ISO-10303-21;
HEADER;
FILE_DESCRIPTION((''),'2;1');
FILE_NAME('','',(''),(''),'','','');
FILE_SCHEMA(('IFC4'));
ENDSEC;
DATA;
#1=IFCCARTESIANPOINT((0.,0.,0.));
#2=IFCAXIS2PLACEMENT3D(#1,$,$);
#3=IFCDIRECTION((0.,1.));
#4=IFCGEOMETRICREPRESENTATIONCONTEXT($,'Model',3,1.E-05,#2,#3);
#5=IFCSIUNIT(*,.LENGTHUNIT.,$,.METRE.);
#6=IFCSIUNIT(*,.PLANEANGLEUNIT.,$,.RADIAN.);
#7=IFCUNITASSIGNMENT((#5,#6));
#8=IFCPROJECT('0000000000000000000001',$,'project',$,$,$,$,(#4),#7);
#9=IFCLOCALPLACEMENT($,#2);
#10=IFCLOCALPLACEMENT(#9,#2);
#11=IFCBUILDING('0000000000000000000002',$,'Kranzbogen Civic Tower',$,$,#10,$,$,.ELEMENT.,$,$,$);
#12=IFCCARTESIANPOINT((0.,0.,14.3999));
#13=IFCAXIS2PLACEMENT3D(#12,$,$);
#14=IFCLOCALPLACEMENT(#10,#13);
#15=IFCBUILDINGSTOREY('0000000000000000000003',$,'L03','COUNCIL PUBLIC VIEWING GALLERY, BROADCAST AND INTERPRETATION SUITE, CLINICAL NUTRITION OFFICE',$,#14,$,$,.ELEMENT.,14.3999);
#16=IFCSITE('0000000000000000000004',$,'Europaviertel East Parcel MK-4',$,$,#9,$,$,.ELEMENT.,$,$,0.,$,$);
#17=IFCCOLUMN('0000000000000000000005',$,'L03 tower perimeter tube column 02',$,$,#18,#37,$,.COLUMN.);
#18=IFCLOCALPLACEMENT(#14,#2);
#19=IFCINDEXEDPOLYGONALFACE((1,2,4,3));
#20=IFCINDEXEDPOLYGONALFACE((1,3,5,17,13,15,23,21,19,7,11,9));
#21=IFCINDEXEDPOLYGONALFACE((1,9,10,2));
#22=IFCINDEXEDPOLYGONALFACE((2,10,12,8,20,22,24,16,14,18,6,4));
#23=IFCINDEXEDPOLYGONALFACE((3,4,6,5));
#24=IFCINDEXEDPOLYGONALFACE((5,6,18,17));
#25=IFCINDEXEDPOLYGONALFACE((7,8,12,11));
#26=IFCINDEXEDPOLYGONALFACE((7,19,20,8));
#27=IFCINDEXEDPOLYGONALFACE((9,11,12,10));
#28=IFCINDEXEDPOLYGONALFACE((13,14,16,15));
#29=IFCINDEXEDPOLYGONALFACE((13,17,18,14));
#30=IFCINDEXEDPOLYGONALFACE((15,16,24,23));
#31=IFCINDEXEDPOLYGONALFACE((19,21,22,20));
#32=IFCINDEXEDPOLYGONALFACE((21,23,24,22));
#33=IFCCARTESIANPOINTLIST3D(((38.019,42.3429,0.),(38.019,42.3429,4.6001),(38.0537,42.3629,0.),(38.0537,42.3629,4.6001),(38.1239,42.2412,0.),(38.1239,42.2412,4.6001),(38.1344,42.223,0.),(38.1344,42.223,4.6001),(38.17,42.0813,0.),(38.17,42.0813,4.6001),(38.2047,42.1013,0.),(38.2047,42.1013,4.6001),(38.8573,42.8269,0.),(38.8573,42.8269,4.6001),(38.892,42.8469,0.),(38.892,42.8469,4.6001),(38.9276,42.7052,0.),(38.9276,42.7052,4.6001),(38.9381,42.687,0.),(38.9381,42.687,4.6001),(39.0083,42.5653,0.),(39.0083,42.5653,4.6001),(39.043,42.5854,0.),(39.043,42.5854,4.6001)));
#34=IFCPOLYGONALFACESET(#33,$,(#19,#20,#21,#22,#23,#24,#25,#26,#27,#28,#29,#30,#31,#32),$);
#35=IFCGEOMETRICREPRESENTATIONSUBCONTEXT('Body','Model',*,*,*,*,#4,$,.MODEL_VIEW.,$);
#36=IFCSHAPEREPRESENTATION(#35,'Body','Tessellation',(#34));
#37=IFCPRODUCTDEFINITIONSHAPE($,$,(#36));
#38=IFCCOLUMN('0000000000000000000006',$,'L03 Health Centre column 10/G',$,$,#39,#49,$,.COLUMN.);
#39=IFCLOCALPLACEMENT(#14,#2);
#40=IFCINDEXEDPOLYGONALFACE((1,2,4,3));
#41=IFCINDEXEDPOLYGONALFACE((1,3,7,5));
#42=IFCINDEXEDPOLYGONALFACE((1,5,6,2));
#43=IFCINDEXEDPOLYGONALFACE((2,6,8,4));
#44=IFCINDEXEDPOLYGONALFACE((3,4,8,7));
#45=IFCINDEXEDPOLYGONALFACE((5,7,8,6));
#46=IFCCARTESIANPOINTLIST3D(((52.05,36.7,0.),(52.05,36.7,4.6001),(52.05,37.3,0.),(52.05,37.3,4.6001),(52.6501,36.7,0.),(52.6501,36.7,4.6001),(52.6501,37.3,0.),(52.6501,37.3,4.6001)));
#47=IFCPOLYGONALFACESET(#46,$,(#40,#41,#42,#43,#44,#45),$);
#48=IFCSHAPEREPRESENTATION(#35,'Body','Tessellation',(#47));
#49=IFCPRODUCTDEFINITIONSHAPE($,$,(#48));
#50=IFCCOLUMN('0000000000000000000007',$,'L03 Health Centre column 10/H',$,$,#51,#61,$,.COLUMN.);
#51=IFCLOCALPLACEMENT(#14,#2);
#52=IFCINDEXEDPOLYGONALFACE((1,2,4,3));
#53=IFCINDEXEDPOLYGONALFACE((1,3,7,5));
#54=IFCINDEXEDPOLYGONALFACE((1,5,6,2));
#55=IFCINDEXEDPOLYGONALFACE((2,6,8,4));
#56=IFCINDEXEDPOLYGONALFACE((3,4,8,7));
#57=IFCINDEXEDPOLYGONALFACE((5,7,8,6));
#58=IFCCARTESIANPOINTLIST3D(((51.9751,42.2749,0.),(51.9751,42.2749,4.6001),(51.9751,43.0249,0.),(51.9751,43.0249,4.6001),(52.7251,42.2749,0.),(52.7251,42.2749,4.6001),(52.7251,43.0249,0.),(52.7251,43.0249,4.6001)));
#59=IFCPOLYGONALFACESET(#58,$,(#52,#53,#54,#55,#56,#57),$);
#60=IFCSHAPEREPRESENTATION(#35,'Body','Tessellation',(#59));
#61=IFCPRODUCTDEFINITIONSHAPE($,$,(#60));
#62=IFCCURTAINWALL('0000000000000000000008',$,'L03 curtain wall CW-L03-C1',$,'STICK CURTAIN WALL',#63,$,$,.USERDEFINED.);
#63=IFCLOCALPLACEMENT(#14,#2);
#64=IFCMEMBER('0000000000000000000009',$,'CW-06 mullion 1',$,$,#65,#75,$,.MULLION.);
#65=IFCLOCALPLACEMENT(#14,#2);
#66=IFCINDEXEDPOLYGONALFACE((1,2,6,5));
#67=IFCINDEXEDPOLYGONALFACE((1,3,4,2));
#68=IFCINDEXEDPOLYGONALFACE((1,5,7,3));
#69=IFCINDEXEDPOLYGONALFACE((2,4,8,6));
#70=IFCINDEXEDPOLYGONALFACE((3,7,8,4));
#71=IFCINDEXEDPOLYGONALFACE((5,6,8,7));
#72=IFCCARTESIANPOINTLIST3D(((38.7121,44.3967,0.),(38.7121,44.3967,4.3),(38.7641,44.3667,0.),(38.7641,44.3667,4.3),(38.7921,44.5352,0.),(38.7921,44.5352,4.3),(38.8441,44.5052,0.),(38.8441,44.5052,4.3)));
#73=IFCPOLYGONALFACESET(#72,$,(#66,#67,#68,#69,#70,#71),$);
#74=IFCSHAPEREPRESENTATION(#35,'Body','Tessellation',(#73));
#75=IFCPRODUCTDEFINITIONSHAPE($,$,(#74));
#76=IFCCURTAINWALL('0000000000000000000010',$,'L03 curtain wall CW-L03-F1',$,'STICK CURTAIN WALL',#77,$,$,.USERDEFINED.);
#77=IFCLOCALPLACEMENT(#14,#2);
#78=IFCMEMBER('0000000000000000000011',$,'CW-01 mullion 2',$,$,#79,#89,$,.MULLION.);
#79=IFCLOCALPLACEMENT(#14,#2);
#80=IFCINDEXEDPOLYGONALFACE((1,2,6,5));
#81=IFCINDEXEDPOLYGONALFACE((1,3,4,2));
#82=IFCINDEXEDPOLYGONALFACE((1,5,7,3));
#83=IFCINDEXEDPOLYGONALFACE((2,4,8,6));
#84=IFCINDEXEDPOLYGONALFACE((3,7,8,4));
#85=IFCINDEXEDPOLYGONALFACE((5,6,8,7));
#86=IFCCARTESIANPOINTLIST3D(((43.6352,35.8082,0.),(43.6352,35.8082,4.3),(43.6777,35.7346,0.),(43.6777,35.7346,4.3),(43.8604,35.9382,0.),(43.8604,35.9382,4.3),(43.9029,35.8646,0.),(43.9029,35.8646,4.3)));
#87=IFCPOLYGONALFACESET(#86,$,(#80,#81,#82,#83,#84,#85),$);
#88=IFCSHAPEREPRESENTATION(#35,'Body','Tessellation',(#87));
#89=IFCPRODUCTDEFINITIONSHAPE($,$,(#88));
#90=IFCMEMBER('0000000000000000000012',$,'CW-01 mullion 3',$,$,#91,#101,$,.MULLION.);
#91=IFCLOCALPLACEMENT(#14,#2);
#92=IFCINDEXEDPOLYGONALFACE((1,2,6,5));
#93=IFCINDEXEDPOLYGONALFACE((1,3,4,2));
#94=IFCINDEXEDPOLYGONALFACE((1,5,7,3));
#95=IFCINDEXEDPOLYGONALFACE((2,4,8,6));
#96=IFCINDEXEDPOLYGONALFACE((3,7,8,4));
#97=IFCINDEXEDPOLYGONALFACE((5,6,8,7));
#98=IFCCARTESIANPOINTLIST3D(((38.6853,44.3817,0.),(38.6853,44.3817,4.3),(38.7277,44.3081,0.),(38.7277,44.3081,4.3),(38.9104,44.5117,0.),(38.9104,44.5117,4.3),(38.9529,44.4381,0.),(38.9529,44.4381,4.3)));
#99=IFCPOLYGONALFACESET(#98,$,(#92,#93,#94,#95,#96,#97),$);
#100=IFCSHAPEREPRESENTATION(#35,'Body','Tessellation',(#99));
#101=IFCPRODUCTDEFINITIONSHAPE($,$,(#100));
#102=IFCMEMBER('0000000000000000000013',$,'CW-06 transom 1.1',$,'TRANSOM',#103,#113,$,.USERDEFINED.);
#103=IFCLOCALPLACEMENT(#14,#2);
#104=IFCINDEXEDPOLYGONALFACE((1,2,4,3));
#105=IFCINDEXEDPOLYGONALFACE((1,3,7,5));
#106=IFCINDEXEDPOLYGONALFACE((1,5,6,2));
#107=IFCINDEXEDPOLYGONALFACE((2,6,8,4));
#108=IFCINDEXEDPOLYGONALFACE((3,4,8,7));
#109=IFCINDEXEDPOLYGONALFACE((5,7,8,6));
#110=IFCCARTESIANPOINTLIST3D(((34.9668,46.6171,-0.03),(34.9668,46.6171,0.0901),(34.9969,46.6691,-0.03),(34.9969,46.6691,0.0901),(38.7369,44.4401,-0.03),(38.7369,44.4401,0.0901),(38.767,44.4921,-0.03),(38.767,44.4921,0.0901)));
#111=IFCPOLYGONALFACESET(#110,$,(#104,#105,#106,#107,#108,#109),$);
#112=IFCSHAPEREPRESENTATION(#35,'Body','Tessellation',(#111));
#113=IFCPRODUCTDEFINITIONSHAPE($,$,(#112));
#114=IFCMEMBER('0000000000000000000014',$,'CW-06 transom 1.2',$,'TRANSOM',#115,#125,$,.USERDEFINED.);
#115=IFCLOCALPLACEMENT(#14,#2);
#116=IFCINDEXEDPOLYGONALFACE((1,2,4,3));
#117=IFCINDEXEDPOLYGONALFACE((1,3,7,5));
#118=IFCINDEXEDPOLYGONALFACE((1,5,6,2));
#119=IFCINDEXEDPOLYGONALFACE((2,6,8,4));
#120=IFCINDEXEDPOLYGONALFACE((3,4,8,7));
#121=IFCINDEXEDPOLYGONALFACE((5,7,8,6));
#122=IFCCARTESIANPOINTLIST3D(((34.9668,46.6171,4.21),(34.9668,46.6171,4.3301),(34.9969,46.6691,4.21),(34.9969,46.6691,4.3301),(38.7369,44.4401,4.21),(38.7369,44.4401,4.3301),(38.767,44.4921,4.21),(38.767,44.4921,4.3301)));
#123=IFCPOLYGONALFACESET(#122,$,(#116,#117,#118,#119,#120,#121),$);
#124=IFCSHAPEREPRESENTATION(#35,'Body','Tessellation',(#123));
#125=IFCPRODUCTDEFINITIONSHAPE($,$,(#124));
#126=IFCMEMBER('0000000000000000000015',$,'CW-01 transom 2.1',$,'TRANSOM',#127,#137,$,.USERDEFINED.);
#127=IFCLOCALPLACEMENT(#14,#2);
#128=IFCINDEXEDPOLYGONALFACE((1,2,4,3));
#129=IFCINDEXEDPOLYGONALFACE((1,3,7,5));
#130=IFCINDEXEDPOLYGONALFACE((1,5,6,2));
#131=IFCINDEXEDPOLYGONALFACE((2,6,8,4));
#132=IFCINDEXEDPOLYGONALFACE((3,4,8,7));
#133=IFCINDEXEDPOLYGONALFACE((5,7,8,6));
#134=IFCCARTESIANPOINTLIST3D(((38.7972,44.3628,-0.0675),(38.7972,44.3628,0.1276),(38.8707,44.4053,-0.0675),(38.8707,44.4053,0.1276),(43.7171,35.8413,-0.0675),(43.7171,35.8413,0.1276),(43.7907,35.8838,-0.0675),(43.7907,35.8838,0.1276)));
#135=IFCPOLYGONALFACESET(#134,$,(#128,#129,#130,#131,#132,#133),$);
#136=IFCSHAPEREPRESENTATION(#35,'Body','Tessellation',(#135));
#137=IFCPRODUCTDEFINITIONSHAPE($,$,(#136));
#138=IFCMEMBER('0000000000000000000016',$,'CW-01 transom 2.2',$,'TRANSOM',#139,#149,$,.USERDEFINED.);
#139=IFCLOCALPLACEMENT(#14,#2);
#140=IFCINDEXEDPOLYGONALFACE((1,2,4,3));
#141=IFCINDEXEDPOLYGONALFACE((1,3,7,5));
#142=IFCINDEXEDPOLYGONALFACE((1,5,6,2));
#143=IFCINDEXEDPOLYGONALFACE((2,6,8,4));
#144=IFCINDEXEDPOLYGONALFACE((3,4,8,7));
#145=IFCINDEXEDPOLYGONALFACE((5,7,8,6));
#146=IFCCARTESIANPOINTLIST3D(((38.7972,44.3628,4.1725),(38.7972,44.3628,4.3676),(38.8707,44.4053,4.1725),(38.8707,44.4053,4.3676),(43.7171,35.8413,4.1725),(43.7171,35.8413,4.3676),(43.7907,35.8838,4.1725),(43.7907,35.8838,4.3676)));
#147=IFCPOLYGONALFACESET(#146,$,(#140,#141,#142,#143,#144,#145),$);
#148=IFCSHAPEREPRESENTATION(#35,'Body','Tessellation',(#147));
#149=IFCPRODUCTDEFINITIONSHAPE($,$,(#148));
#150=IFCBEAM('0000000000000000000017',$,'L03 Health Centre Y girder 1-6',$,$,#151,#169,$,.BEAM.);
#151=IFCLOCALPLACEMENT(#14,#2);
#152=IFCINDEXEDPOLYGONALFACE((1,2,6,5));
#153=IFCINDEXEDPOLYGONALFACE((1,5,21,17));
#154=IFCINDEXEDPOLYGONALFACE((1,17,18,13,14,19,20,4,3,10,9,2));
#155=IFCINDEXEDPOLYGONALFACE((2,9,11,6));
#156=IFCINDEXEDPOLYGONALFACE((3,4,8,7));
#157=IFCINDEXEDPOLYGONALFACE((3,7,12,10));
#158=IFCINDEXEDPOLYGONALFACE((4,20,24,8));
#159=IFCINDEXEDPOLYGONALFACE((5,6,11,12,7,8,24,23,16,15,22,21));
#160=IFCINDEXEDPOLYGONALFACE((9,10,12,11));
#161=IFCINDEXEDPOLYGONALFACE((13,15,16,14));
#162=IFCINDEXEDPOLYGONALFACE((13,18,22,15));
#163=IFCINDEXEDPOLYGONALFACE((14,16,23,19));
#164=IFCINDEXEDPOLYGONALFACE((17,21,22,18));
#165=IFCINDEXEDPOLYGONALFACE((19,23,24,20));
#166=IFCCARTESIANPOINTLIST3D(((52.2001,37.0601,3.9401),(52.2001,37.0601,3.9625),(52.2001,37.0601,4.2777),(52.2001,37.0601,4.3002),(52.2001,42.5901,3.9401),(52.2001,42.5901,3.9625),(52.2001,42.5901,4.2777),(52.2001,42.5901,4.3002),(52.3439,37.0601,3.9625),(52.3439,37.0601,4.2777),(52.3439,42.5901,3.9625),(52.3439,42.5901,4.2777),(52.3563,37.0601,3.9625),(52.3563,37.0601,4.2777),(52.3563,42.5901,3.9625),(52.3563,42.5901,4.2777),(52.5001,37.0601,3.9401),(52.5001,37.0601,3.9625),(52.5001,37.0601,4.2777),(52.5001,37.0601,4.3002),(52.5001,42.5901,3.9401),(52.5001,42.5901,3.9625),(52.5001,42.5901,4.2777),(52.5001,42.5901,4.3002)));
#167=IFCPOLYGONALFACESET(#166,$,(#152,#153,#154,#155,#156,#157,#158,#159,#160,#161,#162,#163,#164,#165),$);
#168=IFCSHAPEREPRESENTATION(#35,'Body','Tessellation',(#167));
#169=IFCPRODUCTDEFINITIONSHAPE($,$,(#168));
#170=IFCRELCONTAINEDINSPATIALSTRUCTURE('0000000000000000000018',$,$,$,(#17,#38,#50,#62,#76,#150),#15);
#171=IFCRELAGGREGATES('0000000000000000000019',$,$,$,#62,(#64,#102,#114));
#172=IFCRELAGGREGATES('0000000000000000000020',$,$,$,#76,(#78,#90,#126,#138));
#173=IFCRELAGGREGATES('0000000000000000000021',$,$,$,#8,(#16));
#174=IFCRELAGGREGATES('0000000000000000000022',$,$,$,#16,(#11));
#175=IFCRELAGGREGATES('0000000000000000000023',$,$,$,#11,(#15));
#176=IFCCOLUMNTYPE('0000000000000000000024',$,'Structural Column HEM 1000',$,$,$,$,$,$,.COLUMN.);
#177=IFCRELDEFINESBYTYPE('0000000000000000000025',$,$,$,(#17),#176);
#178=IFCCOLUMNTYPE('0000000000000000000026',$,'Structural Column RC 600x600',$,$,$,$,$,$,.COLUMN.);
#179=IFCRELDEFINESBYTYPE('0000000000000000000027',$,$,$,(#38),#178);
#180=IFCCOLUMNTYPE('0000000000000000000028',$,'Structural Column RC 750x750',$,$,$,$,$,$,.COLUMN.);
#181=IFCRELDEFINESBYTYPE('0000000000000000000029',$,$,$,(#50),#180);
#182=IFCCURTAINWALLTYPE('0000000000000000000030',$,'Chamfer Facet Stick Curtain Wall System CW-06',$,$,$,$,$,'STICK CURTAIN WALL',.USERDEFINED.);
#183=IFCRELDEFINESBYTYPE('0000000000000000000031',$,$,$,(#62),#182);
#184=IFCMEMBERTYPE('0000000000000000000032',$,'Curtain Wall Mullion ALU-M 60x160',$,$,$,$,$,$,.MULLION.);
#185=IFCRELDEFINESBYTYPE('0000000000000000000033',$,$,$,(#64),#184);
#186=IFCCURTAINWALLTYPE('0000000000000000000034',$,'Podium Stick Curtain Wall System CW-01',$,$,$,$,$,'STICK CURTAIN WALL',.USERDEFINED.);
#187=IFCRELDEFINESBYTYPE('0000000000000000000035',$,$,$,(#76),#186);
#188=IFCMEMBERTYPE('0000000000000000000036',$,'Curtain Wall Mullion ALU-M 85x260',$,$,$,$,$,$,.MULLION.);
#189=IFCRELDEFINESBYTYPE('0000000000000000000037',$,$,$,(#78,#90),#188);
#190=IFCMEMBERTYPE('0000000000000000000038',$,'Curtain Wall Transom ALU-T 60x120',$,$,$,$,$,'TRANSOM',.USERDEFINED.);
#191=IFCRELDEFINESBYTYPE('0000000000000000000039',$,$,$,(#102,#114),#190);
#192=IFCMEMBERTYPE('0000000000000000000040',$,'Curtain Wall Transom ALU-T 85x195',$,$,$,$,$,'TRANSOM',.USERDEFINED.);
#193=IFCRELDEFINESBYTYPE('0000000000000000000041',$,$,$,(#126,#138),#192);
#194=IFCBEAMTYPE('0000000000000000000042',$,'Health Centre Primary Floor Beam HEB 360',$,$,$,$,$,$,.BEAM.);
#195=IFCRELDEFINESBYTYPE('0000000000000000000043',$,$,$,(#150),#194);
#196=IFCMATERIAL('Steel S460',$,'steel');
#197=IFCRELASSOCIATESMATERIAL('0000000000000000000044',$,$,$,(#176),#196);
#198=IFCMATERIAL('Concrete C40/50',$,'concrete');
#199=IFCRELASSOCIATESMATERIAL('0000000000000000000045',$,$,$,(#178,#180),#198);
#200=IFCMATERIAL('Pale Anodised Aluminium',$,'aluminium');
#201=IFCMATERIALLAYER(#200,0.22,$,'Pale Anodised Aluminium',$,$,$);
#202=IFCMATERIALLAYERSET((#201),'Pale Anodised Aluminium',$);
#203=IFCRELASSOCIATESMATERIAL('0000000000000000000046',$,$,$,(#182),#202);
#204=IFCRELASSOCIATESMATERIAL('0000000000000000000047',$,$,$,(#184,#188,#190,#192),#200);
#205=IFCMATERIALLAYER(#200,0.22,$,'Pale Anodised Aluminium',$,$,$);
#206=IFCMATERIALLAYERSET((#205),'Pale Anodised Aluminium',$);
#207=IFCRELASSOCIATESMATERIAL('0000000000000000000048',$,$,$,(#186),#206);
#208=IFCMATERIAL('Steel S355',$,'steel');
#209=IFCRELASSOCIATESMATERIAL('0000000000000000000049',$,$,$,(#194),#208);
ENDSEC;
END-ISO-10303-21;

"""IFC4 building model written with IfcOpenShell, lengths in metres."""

from ifc_helpers import new_model, si_unit, direction, frame, origin, origin_2d, place, context, subcontext, project, spatial, rectangle, i_section, extrude, material, layer, layer_set, material_profile, profile_set, type_object, element, aggregate, save


model = new_model("IFC4")

# Units and contexts
model_context = context("Model", 3, precision=1e-05, world=origin(), true_north=direction((0.0, 1.0)))
body_context = subcontext(model_context, "Body", "Model", "MODEL_VIEW")
ifc_project = project(units=[si_unit("LENGTHUNIT", "METRE"), si_unit("PLANEANGLEUNIT", "RADIAN")], contexts=[model_context])

# Site, building, storey
site_placement = place(None, origin())
site = spatial("IfcSite", under=ifc_project, at=site_placement, Name="Europaviertel East Parcel MK-4", CompositionType="ELEMENT", RefElevation=0.0)
building_placement = place(site_placement, origin())
building = spatial("IfcBuilding", under=site, at=building_placement, Name="Kranzbogen Civic Tower", CompositionType="ELEMENT")
storey_placement = place(building_placement, frame((0.0, 0.0, 14.3999)))
storey = spatial("IfcBuildingStorey", under=building, at=storey_placement, Name="L03", Description="COUNCIL PUBLIC VIEWING GALLERY, BROADCAST AND INTERPRETATION SUITE, CLINICAL NUTRITION OFFICE", CompositionType="ELEMENT", Elevation=14.3999)

# Columns
ifc_material_1 = material(Name="Steel S460", Category="steel")
ifc_material_profile_1 = material_profile(ifc_material_1, i_section(OverallWidth=0.302, OverallDepth=1.0081, WebThickness=0.021, FlangeThickness=0.04, at=origin_2d()), Name="HEM 1000")
ifc_profile_set_1 = profile_set([ifc_material_profile_1], Name="Steel S460")
column_type_1 = type_object("IfcColumnType", Name="Structural Column HEM 1000", PredefinedType="COLUMN", material=ifc_profile_set_1)
column_1_placement = place(storey_placement, frame((38.531, 42.4641, 0.0), z_axis=(0.0, 0.0, 1.0), x_axis=(-0.5, 0.866025, 0.0)))
element("IfcColumn", 1, at=column_1_placement, inside=storey, type_object=column_type_1, Name="L03 tower perimeter tube column 02", PredefinedType="COLUMN", context=body_context, shape_type="SweptSolid", body=[
    extrude(i_section(OverallWidth=0.302, OverallDepth=1.0081, WebThickness=0.021, FlangeThickness=0.04, at=origin_2d()), origin(), (0.0, 0.0, 1.0), 4.6001),
])
ifc_material_2 = material(Name="Concrete C40/50", Category="concrete")
ifc_material_profile_2 = material_profile(ifc_material_2, rectangle(XDim=0.6001, YDim=0.6001, at=origin_2d()), Name="RC 600x600")
ifc_profile_set_2 = profile_set([ifc_material_profile_2], Name="Concrete C40/50")
column_type_2 = type_object("IfcColumnType", Name="Structural Column RC 600x600", PredefinedType="COLUMN", material=ifc_profile_set_2)
column_2_placement = place(storey_placement, frame((52.3501, 37.0, 0.0), z_axis=(0.0, 0.0, 1.0), x_axis=(1.0, 0.0, 0.0)))
element("IfcColumn", 2, at=column_2_placement, inside=storey, type_object=column_type_2, Name="L03 Health Centre column 10/G", PredefinedType="COLUMN", context=body_context, shape_type="SweptSolid", body=[
    extrude(rectangle(XDim=0.6001, YDim=0.6001, at=origin_2d()), origin(), (0.0, 0.0, 1.0), 4.6001),
])
ifc_material_profile_3 = material_profile(ifc_material_2, rectangle(XDim=0.75, YDim=0.75, at=origin_2d()), Name="RC 750x750")
ifc_profile_set_3 = profile_set([ifc_material_profile_3], Name="Concrete C40/50")
column_type_3 = type_object("IfcColumnType", Name="Structural Column RC 750x750", PredefinedType="COLUMN", material=ifc_profile_set_3)
column_3_placement = place(storey_placement, frame((52.3501, 42.6499, 0.0), z_axis=(0.0, 0.0, 1.0), x_axis=(1.0, 0.0, 0.0)))
element("IfcColumn", 3, at=column_3_placement, inside=storey, type_object=column_type_3, Name="L03 Health Centre column 10/H", PredefinedType="COLUMN", context=body_context, shape_type="SweptSolid", body=[
    extrude(rectangle(XDim=0.75, YDim=0.75, at=origin_2d()), origin(), (0.0, 0.0, 1.0), 4.6001),
])

# Curtain wall, member
ifc_material_3 = material(Name="Pale Anodised Aluminium", Category="aluminium")
ifc_layer_1 = layer(ifc_material_3, 0.22, Name="Pale Anodised Aluminium")
ifc_layer_set_1 = layer_set([ifc_layer_1], Name="Pale Anodised Aluminium")
curtain_wall_type_1 = type_object("IfcCurtainWallType", Name="Chamfer Facet Stick Curtain Wall System CW-06", ElementType="STICK CURTAIN WALL", PredefinedType="USERDEFINED", material=ifc_layer_set_1)
curtain_wall_1_placement = place(storey_placement, origin())
curtain_wall_1 = element("IfcCurtainWall", 4, at=curtain_wall_1_placement, inside=storey, type_object=curtain_wall_type_1, Name="L03 curtain wall CW-L03-C1", ObjectType="STICK CURTAIN WALL", PredefinedType="USERDEFINED")
ifc_material_profile_4 = material_profile(ifc_material_3, rectangle(XDim=0.0601, YDim=0.1599, at=origin_2d()), Name="ALU-M 60x160")
ifc_profile_set_4 = profile_set([ifc_material_profile_4], Name="Pale Anodised Aluminium")
member_type_1 = type_object("IfcMemberType", Name="Curtain Wall Mullion ALU-M 60x160", PredefinedType="MULLION", material=ifc_profile_set_4)
member_1_placement = place(storey_placement, frame((38.7781, 44.4509, 0.0), z_axis=(0.0, 0.0, 1.0), x_axis=(-0.865992, 0.500058, 0.0)))
member_1 = element("IfcMember", 5, at=member_1_placement, type_object=member_type_1, Name="CW-06 mullion 1", PredefinedType="MULLION", context=body_context, shape_type="SweptSolid", body=[
    extrude(rectangle(XDim=0.0601, YDim=0.1599, at=origin_2d()), origin(), (0.0, 0.0, 1.0), 4.3),
])

# Curtain wall, members
ifc_layer_2 = layer(ifc_material_3, 0.22, Name="Pale Anodised Aluminium")
ifc_layer_set_2 = layer_set([ifc_layer_2], Name="Pale Anodised Aluminium")
curtain_wall_type_2 = type_object("IfcCurtainWallType", Name="Podium Stick Curtain Wall System CW-01", ElementType="STICK CURTAIN WALL", PredefinedType="USERDEFINED", material=ifc_layer_set_2)
curtain_wall_2_placement = place(storey_placement, origin())
curtain_wall_2 = element("IfcCurtainWall", 6, at=curtain_wall_2_placement, inside=storey, type_object=curtain_wall_type_2, Name="L03 curtain wall CW-L03-F1", ObjectType="STICK CURTAIN WALL", PredefinedType="USERDEFINED")
ifc_material_profile_5 = material_profile(ifc_material_3, rectangle(XDim=0.085, YDim=0.26, at=origin_2d()), Name="ALU-M 85x260")
ifc_profile_set_5 = profile_set([ifc_material_profile_5], Name="Pale Anodised Aluminium")
member_type_2 = type_object("IfcMemberType", Name="Curtain Wall Mullion ALU-M 85x260", PredefinedType="MULLION", material=ifc_profile_set_5)
member_2_placement = place(storey_placement, frame((43.769, 35.8364, 0.0), z_axis=(0.0, 0.0, 1.0), x_axis=(-0.500006, 0.866022, 0.0)))
member_2 = element("IfcMember", 7, at=member_2_placement, type_object=member_type_2, Name="CW-01 mullion 2", PredefinedType="MULLION", context=body_context, shape_type="SweptSolid", body=[
    extrude(rectangle(XDim=0.085, YDim=0.26, at=origin_2d()), origin(), (0.0, 0.0, 1.0), 4.3),
])
member_3_placement = place(storey_placement, frame((38.8191, 44.4099, 0.0), z_axis=(0.0, 0.0, 1.0), x_axis=(-0.500006, 0.866022, 0.0)))
member_3 = element("IfcMember", 8, at=member_3_placement, type_object=member_type_2, Name="CW-01 mullion 3", PredefinedType="MULLION", context=body_context, shape_type="SweptSolid", body=[
    extrude(rectangle(XDim=0.085, YDim=0.26, at=origin_2d()), origin(), (0.0, 0.0, 1.0), 4.3),
])

# Members
ifc_material_profile_6 = material_profile(ifc_material_3, rectangle(XDim=0.0601, YDim=0.1201, at=origin_2d()), Name="ALU-T 60x120")
ifc_profile_set_6 = profile_set([ifc_material_profile_6], Name="Pale Anodised Aluminium")
member_type_3 = type_object("IfcMemberType", Name="Curtain Wall Transom ALU-T 60x120", ElementType="TRANSOM", PredefinedType="USERDEFINED", material=ifc_profile_set_6)
member_4_placement = place(storey_placement, frame((38.752, 44.4661, 0.03), z_axis=(-0.865988, 0.500065, 0.0), x_axis=(-0.500065, -0.865988, 0.0)))
member_4 = element("IfcMember", 9, at=member_4_placement, type_object=member_type_3, Name="CW-06 transom 1.1", ObjectType="TRANSOM", PredefinedType="USERDEFINED", context=body_context, shape_type="SweptSolid", body=[
    extrude(rectangle(XDim=0.0601, YDim=0.1201, at=origin_2d()), origin(), (0.0, 0.0, 1.0), 4.3535),
])
member_5_placement = place(storey_placement, frame((38.752, 44.4661, 4.27), z_axis=(-0.865988, 0.500065, 0.0), x_axis=(-0.500065, -0.865988, 0.0)))
member_5 = element("IfcMember", 10, at=member_5_placement, type_object=member_type_3, Name="CW-06 transom 1.2", ObjectType="TRANSOM", PredefinedType="USERDEFINED", context=body_context, shape_type="SweptSolid", body=[
    extrude(rectangle(XDim=0.0601, YDim=0.1201, at=origin_2d()), origin(), (0.0, 0.0, 1.0), 4.3535),
])
ifc_material_profile_7 = material_profile(ifc_material_3, rectangle(XDim=0.085, YDim=0.1951, at=origin_2d()), Name="ALU-T 85x195")
ifc_profile_set_7 = profile_set([ifc_material_profile_7], Name="Pale Anodised Aluminium")
member_type_4 = type_object("IfcMemberType", Name="Curtain Wall Transom ALU-T 85x195", ElementType="TRANSOM", PredefinedType="USERDEFINED", material=ifc_profile_set_7)
member_6_placement = place(storey_placement, frame((43.7539, 35.8625, 0.03), z_axis=(-0.500003, 0.866024, 0.0), x_axis=(-0.866024, -0.500003, 0.0)))
member_6 = element("IfcMember", 11, at=member_6_placement, type_object=member_type_4, Name="CW-01 transom 2.1", ObjectType="TRANSOM", PredefinedType="USERDEFINED", context=body_context, shape_type="SweptSolid", body=[
    extrude(rectangle(XDim=0.085, YDim=0.1951, at=origin_2d()), origin(), (0.0, 0.0, 1.0), 9.8398),
])
member_7_placement = place(storey_placement, frame((43.7539, 35.8625, 4.27), z_axis=(-0.500003, 0.866024, 0.0), x_axis=(-0.866024, -0.500003, 0.0)))
member_7 = element("IfcMember", 12, at=member_7_placement, type_object=member_type_4, Name="CW-01 transom 2.2", ObjectType="TRANSOM", PredefinedType="USERDEFINED", context=body_context, shape_type="SweptSolid", body=[
    extrude(rectangle(XDim=0.085, YDim=0.1951, at=origin_2d()), origin(), (0.0, 0.0, 1.0), 9.8398),
])

# Beam
ifc_material_4 = material(Name="Steel S355", Category="steel")
ifc_material_profile_8 = material_profile(ifc_material_4, i_section(OverallWidth=0.3, OverallDepth=0.3601, WebThickness=0.0125, FlangeThickness=0.0225, at=origin_2d()), Name="HEB 360")
ifc_profile_set_8 = profile_set([ifc_material_profile_8], Name="Steel S355")
beam_type_1 = type_object("IfcBeamType", Name="Health Centre Primary Floor Beam HEB 360", PredefinedType="BEAM", material=ifc_profile_set_8)
beam_1_placement = place(storey_placement, frame((52.3501, 37.0601, 4.1201), z_axis=(0.0, 1.0, 0.0), x_axis=(-1.0, 0.0, 0.0)))
element("IfcBeam", 13, at=beam_1_placement, inside=storey, type_object=beam_type_1, Name="L03 Health Centre Y girder 1-6", PredefinedType="BEAM", context=body_context, shape_type="SweptSolid", body=[
    extrude(i_section(OverallWidth=0.3, OverallDepth=0.3601, WebThickness=0.0125, FlangeThickness=0.0225, at=origin_2d()), origin(), (0.0, 0.0, 1.0), 5.53),
])

aggregate(curtain_wall_1, [member_1, member_4, member_5])
aggregate(curtain_wall_2, [member_2, member_3, member_6, member_7])

save(model, "model.ifc")
